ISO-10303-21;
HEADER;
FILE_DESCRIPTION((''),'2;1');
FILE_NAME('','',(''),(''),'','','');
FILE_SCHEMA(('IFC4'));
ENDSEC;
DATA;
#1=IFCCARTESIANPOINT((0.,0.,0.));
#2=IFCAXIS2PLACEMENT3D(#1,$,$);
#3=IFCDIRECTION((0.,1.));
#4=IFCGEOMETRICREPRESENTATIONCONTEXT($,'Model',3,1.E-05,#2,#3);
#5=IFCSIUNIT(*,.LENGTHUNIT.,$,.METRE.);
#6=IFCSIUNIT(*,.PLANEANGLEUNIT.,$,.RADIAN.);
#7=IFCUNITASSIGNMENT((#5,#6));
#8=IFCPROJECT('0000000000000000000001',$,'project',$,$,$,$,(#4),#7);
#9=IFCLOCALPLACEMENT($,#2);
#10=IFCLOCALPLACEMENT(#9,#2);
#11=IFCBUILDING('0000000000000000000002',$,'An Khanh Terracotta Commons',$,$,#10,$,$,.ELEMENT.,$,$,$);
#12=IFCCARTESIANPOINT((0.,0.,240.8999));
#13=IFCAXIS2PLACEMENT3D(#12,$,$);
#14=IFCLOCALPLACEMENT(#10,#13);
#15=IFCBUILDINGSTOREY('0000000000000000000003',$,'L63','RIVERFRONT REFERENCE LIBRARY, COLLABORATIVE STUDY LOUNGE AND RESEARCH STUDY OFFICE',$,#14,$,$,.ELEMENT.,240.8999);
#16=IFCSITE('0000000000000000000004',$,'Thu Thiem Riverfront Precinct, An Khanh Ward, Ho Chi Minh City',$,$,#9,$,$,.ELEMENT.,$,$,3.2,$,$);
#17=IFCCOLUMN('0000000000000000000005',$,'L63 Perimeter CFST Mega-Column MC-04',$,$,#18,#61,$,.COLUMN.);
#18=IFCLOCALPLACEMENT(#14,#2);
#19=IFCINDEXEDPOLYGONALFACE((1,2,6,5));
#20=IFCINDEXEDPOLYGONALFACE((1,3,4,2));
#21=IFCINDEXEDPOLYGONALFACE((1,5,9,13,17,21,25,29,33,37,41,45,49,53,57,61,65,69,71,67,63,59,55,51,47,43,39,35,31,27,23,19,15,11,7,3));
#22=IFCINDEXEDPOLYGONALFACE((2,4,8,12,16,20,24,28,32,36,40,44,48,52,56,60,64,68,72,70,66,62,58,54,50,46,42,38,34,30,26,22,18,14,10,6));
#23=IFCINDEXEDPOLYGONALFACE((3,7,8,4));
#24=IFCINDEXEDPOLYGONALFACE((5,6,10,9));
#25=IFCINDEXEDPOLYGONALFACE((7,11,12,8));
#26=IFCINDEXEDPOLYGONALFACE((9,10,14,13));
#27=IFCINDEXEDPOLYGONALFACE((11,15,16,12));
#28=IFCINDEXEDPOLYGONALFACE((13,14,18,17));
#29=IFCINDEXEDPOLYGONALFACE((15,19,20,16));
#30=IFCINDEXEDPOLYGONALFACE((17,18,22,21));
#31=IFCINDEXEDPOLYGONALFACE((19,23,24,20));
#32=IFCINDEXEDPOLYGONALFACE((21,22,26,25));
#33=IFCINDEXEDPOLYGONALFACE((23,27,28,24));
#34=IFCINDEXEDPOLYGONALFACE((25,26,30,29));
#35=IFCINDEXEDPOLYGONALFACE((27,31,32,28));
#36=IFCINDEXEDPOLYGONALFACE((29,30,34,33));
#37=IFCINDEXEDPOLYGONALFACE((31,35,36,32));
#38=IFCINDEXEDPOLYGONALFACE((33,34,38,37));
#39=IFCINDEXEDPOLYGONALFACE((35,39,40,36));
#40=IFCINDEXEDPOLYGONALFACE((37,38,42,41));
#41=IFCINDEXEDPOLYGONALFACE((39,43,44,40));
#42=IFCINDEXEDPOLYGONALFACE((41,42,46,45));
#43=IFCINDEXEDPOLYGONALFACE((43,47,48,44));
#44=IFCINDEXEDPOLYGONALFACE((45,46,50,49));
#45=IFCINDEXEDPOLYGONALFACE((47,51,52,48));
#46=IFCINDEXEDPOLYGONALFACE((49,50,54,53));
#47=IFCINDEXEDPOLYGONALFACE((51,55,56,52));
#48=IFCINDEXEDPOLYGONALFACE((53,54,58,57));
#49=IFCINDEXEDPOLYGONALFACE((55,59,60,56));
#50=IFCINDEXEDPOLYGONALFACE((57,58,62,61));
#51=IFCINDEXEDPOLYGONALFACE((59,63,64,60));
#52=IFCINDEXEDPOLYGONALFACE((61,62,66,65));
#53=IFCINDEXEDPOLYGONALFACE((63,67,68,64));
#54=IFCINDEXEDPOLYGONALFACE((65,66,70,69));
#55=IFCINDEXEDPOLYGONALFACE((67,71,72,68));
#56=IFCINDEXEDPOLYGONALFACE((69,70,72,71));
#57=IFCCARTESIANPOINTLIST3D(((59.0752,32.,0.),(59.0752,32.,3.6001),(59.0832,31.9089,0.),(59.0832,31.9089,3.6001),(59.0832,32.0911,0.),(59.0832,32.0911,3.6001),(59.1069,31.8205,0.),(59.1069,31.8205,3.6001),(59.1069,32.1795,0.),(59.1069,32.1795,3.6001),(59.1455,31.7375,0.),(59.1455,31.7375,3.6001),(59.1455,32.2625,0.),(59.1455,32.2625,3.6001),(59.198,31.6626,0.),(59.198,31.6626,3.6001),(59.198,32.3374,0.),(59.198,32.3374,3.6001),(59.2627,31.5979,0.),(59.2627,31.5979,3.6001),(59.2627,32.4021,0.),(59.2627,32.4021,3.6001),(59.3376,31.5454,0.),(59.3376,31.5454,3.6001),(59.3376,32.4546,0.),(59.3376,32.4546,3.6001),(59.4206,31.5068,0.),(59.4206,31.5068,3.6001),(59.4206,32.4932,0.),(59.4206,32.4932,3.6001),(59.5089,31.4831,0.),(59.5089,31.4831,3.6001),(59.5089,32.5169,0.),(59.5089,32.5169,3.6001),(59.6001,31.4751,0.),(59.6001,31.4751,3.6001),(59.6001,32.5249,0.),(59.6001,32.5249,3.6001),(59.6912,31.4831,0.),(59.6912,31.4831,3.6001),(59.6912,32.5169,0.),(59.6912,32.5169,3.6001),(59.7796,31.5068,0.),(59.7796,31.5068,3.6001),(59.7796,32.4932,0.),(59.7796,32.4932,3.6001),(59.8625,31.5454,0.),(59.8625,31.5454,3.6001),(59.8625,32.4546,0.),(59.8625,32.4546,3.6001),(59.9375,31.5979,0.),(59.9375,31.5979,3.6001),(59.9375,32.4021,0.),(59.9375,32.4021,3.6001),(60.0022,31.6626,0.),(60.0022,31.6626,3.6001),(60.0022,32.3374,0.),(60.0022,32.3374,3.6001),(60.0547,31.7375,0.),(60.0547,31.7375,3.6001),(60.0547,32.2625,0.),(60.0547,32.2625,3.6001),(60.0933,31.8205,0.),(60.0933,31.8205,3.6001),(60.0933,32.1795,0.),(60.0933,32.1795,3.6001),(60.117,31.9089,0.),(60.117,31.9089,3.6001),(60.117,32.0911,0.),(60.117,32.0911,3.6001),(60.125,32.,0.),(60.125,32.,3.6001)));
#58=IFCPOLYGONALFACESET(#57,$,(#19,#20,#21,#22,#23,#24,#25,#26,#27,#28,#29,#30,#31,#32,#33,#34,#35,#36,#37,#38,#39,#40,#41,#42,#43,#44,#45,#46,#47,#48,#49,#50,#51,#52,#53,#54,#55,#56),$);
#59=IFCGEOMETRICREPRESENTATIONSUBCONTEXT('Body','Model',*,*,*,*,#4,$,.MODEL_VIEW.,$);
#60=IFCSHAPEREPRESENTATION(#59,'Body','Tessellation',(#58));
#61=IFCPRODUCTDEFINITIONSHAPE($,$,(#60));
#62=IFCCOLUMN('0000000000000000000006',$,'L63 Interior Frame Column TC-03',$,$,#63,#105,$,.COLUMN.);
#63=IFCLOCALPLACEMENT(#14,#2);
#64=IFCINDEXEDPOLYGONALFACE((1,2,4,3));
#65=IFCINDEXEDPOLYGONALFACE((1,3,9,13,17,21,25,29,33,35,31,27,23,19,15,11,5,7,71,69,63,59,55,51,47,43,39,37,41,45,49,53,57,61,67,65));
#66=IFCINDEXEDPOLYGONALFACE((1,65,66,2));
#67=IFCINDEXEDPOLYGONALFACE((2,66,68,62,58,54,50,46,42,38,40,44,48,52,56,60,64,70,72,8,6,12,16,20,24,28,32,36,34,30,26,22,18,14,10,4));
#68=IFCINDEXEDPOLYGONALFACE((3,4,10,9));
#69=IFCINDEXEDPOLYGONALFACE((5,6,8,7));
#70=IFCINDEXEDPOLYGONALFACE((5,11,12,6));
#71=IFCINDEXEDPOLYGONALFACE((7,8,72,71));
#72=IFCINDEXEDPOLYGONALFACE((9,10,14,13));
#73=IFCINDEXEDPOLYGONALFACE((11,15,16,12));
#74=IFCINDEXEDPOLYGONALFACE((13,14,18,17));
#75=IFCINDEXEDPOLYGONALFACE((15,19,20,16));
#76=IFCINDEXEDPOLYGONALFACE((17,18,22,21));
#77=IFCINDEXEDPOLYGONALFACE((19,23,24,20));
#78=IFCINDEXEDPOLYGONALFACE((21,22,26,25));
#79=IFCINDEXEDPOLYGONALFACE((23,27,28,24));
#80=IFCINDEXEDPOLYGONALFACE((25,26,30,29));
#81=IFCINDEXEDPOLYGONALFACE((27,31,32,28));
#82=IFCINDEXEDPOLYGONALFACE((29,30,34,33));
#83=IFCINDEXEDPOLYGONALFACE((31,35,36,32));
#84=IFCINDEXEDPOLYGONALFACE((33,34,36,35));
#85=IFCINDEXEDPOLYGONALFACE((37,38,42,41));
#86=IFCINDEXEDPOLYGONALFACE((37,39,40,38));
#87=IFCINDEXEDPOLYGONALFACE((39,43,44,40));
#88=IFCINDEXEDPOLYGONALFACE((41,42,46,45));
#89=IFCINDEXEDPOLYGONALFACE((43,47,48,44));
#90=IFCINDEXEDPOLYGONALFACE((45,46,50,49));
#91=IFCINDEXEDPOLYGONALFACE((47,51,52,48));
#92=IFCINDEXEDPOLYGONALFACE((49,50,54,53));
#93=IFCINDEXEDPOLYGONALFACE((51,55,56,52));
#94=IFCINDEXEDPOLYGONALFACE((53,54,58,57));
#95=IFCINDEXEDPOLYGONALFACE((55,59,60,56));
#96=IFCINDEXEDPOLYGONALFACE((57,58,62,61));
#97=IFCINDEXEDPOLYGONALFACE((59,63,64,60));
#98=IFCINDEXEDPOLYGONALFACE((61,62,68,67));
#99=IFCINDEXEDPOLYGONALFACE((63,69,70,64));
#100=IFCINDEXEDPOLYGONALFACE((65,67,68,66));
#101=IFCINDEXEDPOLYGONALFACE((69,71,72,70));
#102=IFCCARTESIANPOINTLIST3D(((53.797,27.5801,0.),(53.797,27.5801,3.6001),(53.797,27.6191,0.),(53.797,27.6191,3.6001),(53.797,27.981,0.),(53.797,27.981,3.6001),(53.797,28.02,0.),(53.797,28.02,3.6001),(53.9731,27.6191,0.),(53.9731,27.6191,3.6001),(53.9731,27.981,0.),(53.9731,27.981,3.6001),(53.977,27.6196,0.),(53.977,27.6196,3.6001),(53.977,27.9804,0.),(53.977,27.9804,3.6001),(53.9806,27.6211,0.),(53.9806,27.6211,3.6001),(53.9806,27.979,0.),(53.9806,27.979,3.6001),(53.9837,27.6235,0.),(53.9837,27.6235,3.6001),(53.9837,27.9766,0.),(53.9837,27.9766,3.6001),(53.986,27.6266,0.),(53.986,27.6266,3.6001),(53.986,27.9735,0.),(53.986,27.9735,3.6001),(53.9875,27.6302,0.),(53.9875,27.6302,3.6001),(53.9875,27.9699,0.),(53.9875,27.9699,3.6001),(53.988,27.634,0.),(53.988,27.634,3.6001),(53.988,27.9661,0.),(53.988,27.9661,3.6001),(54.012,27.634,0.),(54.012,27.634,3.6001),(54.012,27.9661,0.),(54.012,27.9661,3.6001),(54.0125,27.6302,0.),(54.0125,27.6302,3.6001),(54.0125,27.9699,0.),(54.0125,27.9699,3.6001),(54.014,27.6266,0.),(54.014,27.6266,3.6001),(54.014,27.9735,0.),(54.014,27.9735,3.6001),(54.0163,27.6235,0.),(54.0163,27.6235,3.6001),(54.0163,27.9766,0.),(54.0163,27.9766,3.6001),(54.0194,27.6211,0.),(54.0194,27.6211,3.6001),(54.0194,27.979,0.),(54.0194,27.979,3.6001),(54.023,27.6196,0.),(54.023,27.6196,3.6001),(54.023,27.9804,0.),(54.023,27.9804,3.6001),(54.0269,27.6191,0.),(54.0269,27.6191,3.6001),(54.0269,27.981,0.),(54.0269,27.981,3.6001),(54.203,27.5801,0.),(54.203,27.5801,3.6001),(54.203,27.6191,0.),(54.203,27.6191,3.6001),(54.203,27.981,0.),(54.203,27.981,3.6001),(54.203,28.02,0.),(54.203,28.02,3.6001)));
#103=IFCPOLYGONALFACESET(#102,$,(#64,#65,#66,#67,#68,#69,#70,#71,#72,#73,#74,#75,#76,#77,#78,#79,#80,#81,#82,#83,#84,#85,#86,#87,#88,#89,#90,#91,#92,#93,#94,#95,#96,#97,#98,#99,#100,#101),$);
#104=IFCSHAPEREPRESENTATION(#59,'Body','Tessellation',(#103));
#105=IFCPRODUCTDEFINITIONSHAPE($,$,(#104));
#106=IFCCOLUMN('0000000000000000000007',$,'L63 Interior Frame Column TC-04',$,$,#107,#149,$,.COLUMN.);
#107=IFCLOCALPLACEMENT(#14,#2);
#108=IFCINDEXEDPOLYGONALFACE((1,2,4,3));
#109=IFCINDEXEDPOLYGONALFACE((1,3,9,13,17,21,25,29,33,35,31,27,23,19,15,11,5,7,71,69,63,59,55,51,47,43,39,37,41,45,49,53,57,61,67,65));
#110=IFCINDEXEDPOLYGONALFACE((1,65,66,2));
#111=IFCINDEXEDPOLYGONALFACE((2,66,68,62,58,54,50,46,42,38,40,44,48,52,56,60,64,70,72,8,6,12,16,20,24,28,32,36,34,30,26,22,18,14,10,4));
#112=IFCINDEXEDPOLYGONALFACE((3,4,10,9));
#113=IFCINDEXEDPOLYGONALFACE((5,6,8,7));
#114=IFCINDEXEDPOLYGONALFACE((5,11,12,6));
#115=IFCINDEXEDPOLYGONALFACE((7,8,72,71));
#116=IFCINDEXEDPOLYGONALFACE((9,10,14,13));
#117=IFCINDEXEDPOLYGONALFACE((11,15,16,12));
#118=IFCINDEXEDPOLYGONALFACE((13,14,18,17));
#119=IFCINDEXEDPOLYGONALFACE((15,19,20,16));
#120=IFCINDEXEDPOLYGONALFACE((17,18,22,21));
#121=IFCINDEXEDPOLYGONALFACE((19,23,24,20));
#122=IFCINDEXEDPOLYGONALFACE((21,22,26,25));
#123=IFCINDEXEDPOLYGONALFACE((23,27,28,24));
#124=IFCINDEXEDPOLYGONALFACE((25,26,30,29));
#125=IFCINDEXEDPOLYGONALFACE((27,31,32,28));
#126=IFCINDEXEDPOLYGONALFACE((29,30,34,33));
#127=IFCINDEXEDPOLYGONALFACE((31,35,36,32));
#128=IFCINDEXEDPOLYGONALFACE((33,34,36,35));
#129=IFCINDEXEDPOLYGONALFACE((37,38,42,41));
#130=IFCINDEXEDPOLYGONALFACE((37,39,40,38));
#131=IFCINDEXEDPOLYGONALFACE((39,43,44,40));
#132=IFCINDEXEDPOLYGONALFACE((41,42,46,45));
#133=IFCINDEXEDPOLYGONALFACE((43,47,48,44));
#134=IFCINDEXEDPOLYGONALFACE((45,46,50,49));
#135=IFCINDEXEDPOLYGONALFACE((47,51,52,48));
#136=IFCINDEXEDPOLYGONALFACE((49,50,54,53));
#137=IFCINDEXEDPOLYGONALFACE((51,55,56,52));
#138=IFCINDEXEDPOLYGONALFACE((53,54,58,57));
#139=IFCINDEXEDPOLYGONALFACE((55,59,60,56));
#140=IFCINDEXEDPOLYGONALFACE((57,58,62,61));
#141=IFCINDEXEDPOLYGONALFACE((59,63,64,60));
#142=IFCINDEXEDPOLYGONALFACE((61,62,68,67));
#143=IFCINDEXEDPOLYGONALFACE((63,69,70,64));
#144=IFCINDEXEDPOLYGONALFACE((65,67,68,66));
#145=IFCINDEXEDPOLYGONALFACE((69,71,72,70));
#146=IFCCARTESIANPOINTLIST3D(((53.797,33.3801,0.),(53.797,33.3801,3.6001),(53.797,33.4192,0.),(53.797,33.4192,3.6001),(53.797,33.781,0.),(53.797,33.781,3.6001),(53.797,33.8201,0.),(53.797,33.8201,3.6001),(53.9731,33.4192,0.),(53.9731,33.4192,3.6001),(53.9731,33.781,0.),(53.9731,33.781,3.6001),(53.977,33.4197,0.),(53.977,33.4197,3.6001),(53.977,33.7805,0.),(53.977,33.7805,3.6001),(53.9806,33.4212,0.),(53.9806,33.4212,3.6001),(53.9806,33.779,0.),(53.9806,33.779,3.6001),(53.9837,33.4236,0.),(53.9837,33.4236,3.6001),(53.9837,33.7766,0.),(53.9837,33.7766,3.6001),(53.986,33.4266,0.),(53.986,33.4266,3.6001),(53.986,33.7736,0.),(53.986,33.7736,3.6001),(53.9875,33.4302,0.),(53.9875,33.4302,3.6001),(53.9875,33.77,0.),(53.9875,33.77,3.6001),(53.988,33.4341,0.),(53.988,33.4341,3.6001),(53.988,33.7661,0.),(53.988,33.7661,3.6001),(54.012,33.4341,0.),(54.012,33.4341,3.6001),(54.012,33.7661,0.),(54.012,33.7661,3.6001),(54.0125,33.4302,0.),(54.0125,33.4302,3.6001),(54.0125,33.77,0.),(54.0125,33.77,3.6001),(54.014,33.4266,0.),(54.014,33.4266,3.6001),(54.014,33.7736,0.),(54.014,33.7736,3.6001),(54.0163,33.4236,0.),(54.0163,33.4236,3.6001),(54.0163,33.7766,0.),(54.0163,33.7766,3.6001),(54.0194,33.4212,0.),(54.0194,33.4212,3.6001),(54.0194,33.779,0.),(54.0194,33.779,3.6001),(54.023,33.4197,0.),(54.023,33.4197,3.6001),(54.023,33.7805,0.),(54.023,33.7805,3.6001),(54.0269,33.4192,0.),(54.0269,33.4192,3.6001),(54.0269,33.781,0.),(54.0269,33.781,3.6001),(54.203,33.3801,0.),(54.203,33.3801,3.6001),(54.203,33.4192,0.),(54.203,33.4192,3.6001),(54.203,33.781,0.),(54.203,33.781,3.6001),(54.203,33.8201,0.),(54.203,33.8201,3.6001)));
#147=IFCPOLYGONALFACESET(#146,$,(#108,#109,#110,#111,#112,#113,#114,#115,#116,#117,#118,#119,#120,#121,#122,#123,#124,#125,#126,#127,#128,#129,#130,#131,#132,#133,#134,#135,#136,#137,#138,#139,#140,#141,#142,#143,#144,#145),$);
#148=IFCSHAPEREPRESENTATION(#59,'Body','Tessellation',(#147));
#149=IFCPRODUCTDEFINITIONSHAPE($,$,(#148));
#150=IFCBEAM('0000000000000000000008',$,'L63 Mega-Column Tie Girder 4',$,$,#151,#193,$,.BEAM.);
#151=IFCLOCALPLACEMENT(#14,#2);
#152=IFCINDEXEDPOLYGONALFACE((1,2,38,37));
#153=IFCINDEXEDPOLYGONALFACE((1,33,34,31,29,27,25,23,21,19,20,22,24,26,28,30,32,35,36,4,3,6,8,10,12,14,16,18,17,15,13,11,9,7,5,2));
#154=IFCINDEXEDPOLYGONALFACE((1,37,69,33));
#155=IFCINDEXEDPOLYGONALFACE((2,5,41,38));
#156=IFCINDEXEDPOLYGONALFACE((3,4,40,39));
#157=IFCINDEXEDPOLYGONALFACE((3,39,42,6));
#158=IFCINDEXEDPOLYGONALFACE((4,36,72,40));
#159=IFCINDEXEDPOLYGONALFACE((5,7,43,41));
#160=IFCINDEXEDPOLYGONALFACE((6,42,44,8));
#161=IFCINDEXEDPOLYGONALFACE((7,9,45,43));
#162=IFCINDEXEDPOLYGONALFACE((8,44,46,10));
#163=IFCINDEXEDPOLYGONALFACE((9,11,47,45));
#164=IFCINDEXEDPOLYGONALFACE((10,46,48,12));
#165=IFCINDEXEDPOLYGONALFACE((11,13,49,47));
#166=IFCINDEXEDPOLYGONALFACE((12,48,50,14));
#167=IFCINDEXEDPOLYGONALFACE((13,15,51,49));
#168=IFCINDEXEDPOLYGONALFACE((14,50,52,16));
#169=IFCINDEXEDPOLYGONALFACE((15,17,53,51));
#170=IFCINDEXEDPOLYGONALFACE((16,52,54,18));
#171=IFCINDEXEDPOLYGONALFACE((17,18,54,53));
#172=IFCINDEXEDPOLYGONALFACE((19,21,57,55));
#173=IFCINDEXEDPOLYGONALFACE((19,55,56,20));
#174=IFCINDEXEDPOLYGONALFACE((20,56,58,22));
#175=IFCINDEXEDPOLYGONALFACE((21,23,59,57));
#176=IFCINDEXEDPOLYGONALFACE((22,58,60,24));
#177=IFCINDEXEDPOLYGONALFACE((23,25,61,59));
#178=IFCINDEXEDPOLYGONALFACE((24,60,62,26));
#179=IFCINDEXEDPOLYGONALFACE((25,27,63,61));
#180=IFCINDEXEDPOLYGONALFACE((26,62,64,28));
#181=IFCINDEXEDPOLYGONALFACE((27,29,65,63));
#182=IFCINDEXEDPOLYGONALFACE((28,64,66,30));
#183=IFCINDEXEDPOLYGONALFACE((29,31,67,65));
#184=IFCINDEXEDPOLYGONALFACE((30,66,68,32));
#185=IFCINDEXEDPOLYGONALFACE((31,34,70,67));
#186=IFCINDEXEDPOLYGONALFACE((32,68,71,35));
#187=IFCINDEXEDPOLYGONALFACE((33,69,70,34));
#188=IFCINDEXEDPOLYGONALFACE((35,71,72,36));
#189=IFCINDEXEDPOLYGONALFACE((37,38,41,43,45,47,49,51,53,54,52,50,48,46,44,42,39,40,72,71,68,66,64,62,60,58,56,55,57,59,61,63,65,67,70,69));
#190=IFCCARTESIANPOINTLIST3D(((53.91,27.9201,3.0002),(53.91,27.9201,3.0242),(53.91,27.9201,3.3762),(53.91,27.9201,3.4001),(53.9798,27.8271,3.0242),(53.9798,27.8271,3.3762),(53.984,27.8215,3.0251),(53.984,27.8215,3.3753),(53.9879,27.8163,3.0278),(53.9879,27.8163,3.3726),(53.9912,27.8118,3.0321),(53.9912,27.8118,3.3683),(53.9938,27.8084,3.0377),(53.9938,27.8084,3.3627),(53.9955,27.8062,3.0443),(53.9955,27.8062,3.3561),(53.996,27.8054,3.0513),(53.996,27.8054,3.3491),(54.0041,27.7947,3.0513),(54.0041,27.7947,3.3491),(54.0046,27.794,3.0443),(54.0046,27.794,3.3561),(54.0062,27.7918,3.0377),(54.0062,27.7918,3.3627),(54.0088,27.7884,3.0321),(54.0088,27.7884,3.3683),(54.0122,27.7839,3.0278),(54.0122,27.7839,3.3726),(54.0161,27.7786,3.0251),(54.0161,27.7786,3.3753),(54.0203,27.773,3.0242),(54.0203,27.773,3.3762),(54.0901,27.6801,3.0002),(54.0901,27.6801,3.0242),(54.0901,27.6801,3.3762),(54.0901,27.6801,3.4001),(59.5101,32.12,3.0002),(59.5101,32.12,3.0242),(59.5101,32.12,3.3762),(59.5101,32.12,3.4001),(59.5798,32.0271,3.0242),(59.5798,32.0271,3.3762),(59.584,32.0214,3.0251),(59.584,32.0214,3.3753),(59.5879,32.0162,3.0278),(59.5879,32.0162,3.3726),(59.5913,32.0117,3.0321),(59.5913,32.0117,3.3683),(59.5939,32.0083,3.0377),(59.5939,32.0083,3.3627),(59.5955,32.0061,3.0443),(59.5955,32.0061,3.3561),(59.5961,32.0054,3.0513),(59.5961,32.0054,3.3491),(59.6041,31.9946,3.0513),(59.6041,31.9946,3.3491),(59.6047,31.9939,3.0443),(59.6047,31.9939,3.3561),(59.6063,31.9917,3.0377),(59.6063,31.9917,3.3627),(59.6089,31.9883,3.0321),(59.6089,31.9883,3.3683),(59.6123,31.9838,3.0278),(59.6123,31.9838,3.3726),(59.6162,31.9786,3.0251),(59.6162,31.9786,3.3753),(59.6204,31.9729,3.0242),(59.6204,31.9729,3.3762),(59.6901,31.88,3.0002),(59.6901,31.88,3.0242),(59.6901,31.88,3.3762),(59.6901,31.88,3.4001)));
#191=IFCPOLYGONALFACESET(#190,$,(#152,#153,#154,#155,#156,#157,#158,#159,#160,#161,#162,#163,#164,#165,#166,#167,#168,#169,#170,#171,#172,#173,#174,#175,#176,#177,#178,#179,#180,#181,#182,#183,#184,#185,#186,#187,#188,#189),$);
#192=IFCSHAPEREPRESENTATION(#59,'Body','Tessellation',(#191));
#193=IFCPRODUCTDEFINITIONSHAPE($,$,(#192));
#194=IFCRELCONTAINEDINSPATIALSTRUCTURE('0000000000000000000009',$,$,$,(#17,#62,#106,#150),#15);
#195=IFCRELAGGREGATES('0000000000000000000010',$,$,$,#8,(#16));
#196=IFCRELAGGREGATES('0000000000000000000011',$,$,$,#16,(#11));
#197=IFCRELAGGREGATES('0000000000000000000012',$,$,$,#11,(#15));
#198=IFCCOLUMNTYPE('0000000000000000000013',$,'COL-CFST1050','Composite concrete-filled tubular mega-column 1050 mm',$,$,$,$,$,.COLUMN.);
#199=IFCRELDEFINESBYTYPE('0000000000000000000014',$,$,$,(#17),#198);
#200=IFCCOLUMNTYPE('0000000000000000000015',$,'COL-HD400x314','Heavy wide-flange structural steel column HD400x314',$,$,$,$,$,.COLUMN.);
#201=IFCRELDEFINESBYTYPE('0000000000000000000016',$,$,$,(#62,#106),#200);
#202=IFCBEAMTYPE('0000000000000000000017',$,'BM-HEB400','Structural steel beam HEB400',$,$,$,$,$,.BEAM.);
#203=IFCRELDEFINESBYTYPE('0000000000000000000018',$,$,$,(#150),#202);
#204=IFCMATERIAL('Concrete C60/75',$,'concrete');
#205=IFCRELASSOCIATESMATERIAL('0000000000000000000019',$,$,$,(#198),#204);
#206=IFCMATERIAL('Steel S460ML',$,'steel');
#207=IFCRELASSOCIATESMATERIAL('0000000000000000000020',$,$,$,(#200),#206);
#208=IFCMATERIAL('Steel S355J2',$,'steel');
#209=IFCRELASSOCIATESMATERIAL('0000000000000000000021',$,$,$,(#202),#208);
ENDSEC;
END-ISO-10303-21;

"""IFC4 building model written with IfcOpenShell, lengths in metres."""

from ifc_helpers import new_model, si_unit, direction, frame, origin, origin_2d, place, context, subcontext, project, spatial, circle, i_section, extrude, material, material_profile, profile_set, type_object, element, save


model = new_model("IFC4")

# Units and contexts
model_context = context("Model", 3, precision=1e-05, world=origin(), true_north=direction((0.0, 1.0)))
body_context = subcontext(model_context, "Body", "Model", "MODEL_VIEW")
ifc_project = project(units=[si_unit("LENGTHUNIT", "METRE"), si_unit("PLANEANGLEUNIT", "RADIAN")], contexts=[model_context])

# Site, building, storey
site_placement = place(None, origin())
site = spatial("IfcSite", under=ifc_project, at=site_placement, Name="Thu Thiem Riverfront Precinct, An Khanh Ward, Ho Chi Minh City", CompositionType="ELEMENT", RefElevation=3.2)
building_placement = place(site_placement, origin())
building = spatial("IfcBuilding", under=site, at=building_placement, Name="An Khanh Terracotta Commons", CompositionType="ELEMENT")
storey_placement = place(building_placement, frame((0.0, 0.0, 240.8999)))
storey = spatial("IfcBuildingStorey", under=building, at=storey_placement, Name="L63", Description="RIVERFRONT REFERENCE LIBRARY, COLLABORATIVE STUDY LOUNGE AND RESEARCH STUDY OFFICE", CompositionType="ELEMENT", Elevation=240.8999)

# Columns
ifc_material_1 = material(Name="Concrete C60/75", Category="concrete")
ifc_material_profile_1 = material_profile(ifc_material_1, circle(Radius=0.5249, at=origin_2d()), Name="CFST1050")
ifc_profile_set_1 = profile_set([ifc_material_profile_1], Name="Concrete C60/75")
column_type_1 = type_object("IfcColumnType", Name="COL-CFST1050", Description="Composite concrete-filled tubular mega-column 1050 mm", PredefinedType="COLUMN", material=ifc_profile_set_1)
column_placement = place(storey_placement, frame((59.6001, 32.0, 0.0), z_axis=(0.0, 0.0, 1.0), x_axis=(1.0, 0.0, 0.0)))
element("IfcColumn", 1, at=column_placement, inside=storey, type_object=column_type_1, Name="L63 Perimeter CFST Mega-Column MC-04", PredefinedType="COLUMN", context=body_context, shape_type="SweptSolid", body=[
    extrude(circle(Radius=0.5249, at=origin_2d()), origin(), (0.0, 0.0, 1.0), 3.6001),
])
ifc_material_2 = material(Name="Steel S460ML", Category="steel")
ifc_material_profile_2 = material_profile(ifc_material_2, i_section(OverallWidth=0.406, OverallDepth=0.4399, WebThickness=0.0239, FlangeThickness=0.0391, FilletRadius=0.0149, at=origin_2d()), Name="HD400x314")
ifc_profile_set_2 = profile_set([ifc_material_profile_2], Name="Steel S460ML")
column_type_2 = type_object("IfcColumnType", Name="COL-HD400x314", Description="Heavy wide-flange structural steel column HD400x314", PredefinedType="COLUMN", material=ifc_profile_set_2)
for number, where, z_axis, x_axis, name in (
    (2, (54.0, 27.8, 0.0), (0.0, 0.0, 1.0), (1.0, 0.0, 0.0), "L63 Interior Frame Column TC-03"),
    (3, (54.0, 33.6001, 0.0), (0.0, 0.0, 1.0), (1.0, 0.0, 0.0), "L63 Interior Frame Column TC-04"),
):
    element("IfcColumn", number, at=place(storey_placement, frame(where, z_axis=z_axis, x_axis=x_axis)), inside=storey, type_object=column_type_2, Name=name, PredefinedType="COLUMN", context=body_context, shape_type="SweptSolid", body=[
        extrude(i_section(OverallWidth=0.406, OverallDepth=0.4399, WebThickness=0.0239, FlangeThickness=0.0391, FilletRadius=0.0149, at=origin_2d()), origin(), (0.0, 0.0, 1.0), 3.6001),
    ])

# Beam
ifc_material_3 = material(Name="Steel S355J2", Category="steel")
ifc_material_profile_3 = material_profile(ifc_material_3, i_section(OverallWidth=0.3, OverallDepth=0.3999, WebThickness=0.0134, FlangeThickness=0.0239, FilletRadius=0.0271, at=origin_2d()), Name="HEB400")
ifc_profile_set_3 = profile_set([ifc_material_profile_3], Name="Steel S355J2")
beam_type_1 = type_object("IfcBeamType", Name="BM-HEB400", Description="Structural steel beam HEB400", PredefinedType="BEAM", material=ifc_profile_set_3)
beam_1_placement = place(storey_placement, frame((59.6001, 32.0, 3.2002), z_axis=(-0.800008, -0.599989, 0.0), x_axis=(0.599989, -0.800008, 0.0)))
element("IfcBeam", 4, at=beam_1_placement, inside=storey, type_object=beam_type_1, Name="L63 Mega-Column Tie Girder 4", PredefinedType="BEAM", context=body_context, shape_type="SweptSolid", body=[
    extrude(i_section(OverallWidth=0.3, OverallDepth=0.3999, WebThickness=0.0134, FlangeThickness=0.0239, FilletRadius=0.0271, at=origin_2d()), origin(), (0.0, 0.0, 1.0), 7.0),
])

save(model, "model.ifc")
